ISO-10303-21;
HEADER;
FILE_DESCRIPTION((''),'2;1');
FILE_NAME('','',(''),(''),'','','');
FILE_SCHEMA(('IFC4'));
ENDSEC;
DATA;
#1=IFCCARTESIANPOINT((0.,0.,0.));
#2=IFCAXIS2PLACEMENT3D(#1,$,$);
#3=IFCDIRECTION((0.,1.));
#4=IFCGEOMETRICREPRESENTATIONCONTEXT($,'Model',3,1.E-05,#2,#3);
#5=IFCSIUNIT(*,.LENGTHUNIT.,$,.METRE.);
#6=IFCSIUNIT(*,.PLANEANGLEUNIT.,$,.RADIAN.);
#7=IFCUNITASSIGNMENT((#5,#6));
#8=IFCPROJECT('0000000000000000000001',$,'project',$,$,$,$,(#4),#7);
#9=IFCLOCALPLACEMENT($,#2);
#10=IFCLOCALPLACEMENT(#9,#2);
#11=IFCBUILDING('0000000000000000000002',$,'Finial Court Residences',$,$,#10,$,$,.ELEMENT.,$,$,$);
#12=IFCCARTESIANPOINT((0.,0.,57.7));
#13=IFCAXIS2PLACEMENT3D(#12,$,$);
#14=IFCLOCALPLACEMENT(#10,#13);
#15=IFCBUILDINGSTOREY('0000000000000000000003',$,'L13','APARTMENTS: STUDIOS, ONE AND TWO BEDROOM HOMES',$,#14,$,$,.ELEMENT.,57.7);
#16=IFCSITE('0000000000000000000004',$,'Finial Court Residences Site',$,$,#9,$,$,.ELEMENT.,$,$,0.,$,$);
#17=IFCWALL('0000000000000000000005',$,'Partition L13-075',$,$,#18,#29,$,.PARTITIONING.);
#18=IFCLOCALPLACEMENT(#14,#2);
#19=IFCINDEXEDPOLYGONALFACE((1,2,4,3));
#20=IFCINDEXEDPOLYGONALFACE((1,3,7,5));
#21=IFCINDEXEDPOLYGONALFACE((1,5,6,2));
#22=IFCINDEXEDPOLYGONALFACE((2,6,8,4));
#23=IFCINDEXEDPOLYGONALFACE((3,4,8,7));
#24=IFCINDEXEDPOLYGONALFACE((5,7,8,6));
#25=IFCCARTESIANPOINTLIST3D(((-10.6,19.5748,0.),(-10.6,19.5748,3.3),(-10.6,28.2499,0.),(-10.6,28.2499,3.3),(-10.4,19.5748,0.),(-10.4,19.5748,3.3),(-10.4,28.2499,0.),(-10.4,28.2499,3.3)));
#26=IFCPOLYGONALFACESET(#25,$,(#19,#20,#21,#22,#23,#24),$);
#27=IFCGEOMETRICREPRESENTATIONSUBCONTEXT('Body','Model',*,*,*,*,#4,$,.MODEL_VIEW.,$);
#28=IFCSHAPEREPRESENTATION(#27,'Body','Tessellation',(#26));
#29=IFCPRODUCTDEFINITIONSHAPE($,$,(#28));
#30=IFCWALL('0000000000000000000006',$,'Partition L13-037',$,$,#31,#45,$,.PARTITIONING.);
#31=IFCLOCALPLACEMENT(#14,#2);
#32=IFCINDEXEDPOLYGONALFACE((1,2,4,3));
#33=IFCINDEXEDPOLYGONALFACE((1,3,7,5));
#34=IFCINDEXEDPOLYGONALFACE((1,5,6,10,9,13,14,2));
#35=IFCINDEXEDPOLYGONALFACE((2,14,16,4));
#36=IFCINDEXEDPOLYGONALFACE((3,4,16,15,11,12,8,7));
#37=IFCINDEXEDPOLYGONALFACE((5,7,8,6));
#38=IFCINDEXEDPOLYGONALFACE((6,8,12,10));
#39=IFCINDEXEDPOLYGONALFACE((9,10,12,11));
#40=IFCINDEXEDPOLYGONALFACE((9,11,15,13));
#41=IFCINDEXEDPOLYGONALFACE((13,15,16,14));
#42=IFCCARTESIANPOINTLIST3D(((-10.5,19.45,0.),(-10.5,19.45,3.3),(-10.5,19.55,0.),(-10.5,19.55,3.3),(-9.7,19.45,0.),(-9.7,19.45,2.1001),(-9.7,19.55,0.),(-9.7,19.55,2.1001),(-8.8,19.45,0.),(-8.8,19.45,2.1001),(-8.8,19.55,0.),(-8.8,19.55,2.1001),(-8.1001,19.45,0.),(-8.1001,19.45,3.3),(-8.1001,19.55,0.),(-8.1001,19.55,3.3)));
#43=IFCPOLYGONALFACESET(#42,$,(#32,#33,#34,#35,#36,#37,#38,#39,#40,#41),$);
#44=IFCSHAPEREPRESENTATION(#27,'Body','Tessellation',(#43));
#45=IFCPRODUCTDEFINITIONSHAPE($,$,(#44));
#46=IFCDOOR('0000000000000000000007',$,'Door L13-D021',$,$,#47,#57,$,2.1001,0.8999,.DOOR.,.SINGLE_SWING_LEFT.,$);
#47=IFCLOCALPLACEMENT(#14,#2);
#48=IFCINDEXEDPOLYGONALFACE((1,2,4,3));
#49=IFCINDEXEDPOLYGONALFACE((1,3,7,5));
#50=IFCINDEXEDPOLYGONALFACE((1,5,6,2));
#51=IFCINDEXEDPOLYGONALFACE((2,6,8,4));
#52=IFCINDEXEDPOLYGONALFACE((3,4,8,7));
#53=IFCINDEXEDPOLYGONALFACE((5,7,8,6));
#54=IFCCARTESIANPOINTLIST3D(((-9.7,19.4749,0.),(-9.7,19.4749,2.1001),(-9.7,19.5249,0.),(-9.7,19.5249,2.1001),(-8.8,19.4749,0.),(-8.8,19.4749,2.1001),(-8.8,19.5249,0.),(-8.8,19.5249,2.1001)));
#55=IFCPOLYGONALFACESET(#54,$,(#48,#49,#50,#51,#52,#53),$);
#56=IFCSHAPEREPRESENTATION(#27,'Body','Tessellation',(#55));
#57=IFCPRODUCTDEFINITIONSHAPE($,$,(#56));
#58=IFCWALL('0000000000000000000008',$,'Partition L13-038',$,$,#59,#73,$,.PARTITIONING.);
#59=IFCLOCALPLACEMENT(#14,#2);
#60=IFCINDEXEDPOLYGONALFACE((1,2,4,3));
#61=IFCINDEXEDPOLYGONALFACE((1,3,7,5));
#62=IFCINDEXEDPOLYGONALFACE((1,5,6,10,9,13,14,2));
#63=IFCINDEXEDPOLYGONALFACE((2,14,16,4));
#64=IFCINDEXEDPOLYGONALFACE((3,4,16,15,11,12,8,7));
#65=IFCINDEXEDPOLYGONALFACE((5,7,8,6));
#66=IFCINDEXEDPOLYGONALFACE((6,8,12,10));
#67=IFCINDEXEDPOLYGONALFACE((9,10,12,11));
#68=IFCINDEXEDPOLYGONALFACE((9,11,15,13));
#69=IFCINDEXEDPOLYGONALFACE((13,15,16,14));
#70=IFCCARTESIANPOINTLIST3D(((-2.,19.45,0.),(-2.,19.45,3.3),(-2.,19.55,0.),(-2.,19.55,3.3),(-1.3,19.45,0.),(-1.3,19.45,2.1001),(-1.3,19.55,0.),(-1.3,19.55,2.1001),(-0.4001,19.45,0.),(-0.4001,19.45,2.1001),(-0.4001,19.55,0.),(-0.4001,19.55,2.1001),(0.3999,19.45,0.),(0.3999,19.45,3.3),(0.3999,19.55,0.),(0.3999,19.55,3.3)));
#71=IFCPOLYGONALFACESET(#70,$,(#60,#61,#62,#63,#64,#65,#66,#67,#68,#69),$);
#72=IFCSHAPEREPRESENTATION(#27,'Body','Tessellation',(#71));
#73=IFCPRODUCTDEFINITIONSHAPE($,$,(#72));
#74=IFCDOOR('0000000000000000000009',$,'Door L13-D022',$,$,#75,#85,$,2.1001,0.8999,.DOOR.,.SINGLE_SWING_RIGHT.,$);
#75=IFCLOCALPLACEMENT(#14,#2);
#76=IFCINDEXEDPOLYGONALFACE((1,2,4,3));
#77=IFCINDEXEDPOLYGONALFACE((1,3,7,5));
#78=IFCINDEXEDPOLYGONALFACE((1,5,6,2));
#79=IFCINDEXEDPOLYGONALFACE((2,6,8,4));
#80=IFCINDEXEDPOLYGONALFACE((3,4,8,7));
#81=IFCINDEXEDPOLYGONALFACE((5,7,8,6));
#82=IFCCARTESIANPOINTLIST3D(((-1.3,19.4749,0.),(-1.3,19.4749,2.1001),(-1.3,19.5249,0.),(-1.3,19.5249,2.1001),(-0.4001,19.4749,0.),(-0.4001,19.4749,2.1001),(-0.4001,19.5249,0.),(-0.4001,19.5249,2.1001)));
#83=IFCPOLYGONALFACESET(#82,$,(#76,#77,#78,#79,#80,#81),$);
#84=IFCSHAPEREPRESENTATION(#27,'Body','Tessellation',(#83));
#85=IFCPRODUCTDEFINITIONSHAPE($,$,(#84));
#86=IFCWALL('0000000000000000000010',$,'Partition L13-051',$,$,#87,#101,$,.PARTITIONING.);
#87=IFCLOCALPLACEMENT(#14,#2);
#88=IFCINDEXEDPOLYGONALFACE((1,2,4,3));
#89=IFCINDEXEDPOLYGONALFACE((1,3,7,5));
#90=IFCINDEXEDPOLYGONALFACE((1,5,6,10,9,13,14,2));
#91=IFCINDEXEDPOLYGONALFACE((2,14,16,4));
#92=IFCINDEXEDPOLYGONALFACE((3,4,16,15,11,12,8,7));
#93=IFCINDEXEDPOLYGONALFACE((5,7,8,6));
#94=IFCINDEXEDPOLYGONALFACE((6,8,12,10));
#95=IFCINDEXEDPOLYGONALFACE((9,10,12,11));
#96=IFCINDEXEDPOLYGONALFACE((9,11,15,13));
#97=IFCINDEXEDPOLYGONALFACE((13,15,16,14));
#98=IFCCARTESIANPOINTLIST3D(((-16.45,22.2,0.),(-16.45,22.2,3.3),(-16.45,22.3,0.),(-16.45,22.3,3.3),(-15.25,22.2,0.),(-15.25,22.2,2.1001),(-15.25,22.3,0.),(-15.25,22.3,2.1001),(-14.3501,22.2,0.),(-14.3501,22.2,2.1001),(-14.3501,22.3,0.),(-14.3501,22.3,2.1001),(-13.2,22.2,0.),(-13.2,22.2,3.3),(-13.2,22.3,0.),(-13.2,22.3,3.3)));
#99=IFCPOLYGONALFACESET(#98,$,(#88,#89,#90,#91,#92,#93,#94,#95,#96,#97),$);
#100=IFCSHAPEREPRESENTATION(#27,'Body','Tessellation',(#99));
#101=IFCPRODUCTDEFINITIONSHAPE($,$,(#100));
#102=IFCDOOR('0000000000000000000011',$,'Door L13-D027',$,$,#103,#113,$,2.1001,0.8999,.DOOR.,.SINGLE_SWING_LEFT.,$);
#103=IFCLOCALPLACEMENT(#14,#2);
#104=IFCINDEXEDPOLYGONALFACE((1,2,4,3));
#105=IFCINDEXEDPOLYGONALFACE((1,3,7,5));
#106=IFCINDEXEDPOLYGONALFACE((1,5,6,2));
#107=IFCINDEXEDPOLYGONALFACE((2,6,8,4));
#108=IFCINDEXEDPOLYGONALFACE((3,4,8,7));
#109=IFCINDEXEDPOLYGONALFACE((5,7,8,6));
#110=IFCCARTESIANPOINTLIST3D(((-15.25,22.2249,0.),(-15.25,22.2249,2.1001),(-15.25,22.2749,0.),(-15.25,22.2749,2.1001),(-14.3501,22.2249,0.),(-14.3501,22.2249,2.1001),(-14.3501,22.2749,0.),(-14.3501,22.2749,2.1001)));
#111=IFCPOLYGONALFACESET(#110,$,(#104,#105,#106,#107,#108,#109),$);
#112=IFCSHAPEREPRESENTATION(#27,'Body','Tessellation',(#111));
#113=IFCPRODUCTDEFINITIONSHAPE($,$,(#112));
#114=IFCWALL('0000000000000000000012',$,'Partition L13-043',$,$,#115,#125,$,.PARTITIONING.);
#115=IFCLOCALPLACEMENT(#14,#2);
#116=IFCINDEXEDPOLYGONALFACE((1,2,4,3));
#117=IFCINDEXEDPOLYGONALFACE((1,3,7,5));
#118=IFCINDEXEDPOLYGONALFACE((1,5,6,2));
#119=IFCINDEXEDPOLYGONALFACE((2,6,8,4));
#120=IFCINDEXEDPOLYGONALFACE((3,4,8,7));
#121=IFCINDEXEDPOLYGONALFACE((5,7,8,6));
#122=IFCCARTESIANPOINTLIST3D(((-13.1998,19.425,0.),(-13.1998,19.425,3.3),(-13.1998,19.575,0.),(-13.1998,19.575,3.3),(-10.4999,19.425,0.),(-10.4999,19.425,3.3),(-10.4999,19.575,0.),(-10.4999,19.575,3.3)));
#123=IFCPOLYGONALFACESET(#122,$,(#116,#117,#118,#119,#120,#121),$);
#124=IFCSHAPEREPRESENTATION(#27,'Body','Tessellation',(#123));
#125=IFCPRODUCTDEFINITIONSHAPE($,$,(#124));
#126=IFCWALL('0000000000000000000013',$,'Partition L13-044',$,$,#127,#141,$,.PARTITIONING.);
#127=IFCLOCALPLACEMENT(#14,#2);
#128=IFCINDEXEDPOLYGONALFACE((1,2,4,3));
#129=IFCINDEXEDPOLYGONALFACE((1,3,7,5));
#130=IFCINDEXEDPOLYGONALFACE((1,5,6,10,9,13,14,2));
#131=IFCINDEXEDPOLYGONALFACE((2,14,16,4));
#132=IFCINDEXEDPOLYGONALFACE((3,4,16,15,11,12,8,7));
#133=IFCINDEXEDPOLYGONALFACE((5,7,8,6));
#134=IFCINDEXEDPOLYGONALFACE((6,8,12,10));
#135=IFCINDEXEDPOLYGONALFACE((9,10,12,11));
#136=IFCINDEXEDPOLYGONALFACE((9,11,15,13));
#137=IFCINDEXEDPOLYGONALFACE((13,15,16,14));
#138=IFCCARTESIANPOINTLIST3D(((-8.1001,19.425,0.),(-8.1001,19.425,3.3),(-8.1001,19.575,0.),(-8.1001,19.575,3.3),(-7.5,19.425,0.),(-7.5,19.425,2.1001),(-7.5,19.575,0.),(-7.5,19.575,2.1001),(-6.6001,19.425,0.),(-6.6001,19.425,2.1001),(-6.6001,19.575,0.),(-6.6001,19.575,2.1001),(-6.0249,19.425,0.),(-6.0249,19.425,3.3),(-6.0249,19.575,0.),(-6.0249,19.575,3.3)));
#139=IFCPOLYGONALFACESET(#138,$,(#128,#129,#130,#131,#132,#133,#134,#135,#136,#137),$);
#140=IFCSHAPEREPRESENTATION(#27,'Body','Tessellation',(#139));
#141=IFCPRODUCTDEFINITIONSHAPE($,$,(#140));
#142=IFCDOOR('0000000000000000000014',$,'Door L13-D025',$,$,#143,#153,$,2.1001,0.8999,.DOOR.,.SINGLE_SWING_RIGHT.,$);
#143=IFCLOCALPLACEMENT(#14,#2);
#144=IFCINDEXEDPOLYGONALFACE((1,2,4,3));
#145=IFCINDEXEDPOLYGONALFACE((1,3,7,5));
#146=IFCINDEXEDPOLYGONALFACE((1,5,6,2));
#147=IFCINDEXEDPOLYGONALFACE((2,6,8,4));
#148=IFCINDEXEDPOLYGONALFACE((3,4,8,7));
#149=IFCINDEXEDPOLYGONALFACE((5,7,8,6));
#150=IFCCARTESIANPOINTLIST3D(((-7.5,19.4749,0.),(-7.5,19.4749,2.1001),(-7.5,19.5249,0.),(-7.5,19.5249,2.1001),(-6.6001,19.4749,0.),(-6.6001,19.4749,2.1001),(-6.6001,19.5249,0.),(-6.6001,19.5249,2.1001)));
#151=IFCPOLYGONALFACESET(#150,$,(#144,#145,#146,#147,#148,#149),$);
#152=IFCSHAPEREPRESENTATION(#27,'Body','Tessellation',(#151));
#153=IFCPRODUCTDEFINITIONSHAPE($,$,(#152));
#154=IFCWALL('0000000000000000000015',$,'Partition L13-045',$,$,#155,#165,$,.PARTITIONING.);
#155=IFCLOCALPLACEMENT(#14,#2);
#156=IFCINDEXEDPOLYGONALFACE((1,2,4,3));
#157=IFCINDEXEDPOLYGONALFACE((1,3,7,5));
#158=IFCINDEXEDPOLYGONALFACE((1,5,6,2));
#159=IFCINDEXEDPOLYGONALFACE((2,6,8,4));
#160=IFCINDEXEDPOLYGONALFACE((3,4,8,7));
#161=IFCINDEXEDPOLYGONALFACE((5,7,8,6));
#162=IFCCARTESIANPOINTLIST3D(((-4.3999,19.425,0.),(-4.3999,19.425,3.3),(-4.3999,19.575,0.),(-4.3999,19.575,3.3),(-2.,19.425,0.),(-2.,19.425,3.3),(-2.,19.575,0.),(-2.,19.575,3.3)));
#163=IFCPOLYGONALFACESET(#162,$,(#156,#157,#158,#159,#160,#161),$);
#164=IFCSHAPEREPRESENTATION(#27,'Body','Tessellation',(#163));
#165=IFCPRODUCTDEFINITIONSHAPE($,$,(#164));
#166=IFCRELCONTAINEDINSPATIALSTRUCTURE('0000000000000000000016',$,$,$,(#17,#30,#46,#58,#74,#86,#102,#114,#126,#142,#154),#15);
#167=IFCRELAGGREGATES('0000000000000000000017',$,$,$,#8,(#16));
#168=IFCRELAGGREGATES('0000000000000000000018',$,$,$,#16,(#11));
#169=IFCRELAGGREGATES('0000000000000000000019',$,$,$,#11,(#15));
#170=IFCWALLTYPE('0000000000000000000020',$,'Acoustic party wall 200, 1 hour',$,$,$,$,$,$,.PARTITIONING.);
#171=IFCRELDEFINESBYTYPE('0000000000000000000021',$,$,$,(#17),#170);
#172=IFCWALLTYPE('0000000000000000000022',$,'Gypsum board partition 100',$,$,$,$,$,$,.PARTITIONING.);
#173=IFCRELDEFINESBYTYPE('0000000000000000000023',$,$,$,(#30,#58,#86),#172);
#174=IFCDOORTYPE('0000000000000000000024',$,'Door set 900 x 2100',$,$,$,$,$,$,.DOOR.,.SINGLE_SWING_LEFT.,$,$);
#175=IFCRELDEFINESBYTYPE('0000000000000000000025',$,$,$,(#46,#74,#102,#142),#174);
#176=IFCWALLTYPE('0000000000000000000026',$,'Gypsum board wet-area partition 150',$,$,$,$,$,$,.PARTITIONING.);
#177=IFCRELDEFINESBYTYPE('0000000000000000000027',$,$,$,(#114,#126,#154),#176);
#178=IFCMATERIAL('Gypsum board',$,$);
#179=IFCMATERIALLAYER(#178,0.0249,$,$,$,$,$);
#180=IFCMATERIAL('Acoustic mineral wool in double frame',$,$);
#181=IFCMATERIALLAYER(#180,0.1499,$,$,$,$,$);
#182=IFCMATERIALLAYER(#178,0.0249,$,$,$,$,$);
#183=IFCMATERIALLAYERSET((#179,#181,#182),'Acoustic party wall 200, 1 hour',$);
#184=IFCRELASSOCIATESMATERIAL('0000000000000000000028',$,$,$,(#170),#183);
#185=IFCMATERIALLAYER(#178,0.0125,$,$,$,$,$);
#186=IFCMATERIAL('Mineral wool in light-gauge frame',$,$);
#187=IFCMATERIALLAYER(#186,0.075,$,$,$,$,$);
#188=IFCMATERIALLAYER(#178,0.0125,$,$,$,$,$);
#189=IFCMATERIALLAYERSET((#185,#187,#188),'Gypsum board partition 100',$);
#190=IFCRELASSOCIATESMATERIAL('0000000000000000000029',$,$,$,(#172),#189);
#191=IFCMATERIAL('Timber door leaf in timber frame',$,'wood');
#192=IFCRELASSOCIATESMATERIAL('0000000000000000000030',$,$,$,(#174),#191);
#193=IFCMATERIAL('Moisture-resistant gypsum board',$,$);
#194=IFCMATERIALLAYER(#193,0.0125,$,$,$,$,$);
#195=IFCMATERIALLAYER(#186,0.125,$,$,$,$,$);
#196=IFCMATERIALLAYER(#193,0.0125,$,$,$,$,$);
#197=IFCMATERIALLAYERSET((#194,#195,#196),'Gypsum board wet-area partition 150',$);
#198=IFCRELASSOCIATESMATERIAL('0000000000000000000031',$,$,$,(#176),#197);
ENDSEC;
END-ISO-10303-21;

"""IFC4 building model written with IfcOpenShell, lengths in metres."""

from ifc_helpers import new_model, si_unit, direction, frame, frame_2d, origin, place, context, subcontext, project, spatial, rectangle, extrude, material, layer, layer_set, type_object, element, fill, save


model = new_model("IFC4")

# Units and contexts
model_context = context("Model", 3, precision=1e-05, world=origin(), true_north=direction((0.0, 1.0)))
body_context = subcontext(model_context, "Body", "Model", "MODEL_VIEW")
ifc_project = project(units=[si_unit("LENGTHUNIT", "METRE"), si_unit("PLANEANGLEUNIT", "RADIAN")], contexts=[model_context])

# Site, building, storey
site_placement = place(None, origin())
site = spatial("IfcSite", under=ifc_project, at=site_placement, Name="Finial Court Residences Site", CompositionType="ELEMENT", RefElevation=0.0)
building_placement = place(site_placement, origin())
building = spatial("IfcBuilding", under=site, at=building_placement, Name="Finial Court Residences", CompositionType="ELEMENT")
storey_placement = place(building_placement, frame((0.0, 0.0, 57.7)))
storey = spatial("IfcBuildingStorey", under=building, at=storey_placement, Name="L13", Description="APARTMENTS: STUDIOS, ONE AND TWO BEDROOM HOMES", CompositionType="ELEMENT", Elevation=57.7)

# Wall
ifc_material_1 = material(Name="Gypsum board")
ifc_layer_1 = layer(ifc_material_1, 0.0249)
ifc_material_2 = material(Name="Acoustic mineral wool in double frame")
ifc_layer_2 = layer(ifc_material_2, 0.1499)
ifc_layer_3 = layer(ifc_material_1, 0.0249)
ifc_layer_set_1 = layer_set([ifc_layer_1, ifc_layer_2, ifc_layer_3], Name="Acoustic party wall 200, 1 hour")
wall_type_1 = type_object("IfcWallType", Name="Acoustic party wall 200, 1 hour", PredefinedType="PARTITIONING", material=ifc_layer_set_1)
wall_1_placement = place(storey_placement, frame((-10.5, 19.575, 0.0), z_axis=(0.0, 0.0, 1.0), x_axis=(0.0, 1.0, 0.0)))
element("IfcWall", 1, at=wall_1_placement, inside=storey, type_object=wall_type_1, Name="Partition L13-075", PredefinedType="PARTITIONING", context=body_context, shape_type="SweptSolid", body=[
    extrude(rectangle(XDim=8.675, YDim=0.2, at=frame_2d((4.3374, 0.0))), origin(), (0.0, 0.0, 1.0), 3.3),
])

# Walls, openings, doors
ifc_layer_4 = layer(ifc_material_1, 0.0125)
ifc_material_3 = material(Name="Mineral wool in light-gauge frame")
ifc_layer_5 = layer(ifc_material_3, 0.075)
ifc_layer_6 = layer(ifc_material_1, 0.0125)
ifc_layer_set_2 = layer_set([ifc_layer_4, ifc_layer_5, ifc_layer_6], Name="Gypsum board partition 100")
wall_type_2 = type_object("IfcWallType", Name="Gypsum board partition 100", PredefinedType="PARTITIONING", material=ifc_layer_set_2)
wall_2_placement = place(storey_placement, frame((-10.5, 19.5, 0.0), z_axis=(0.0, 0.0, 1.0), x_axis=(1.0, 0.0, 0.0)))
wall_2 = element("IfcWall", 2, at=wall_2_placement, inside=storey, type_object=wall_type_2, Name="Partition L13-037", PredefinedType="PARTITIONING", context=body_context, shape_type="SweptSolid", body=[
    extrude(rectangle(XDim=2.3999, YDim=0.1001, at=frame_2d((1.2, 0.0))), origin(), (0.0, 0.0, 1.0), 3.3),
])
opening_1_placement = place(wall_2_placement, frame((0.8, 0.0, 0.0)))
opening_1 = element("IfcOpeningElement", 3, at=opening_1_placement, cuts=wall_2, PredefinedType="OPENING", context=body_context, shape_type="SweptSolid", body=[
    extrude(rectangle(XDim=0.8999, YDim=2.1001, at=frame_2d((0.45, 1.05))), frame((0.0, 0.0601, 0.0), z_axis=(0.0, -1.0, 0.0), x_axis=(1.0, 0.0, 0.0)), (0.0, 0.0, 1.0), 0.1201),
])
ifc_material_4 = material(Name="Timber door leaf in timber frame", Category="wood")
door_type = type_object("IfcDoorType", Name="Door set 900 x 2100", OperationType="SINGLE_SWING_LEFT", PredefinedType="DOOR", material=ifc_material_4)
door_1_placement = place(opening_1_placement, origin())
door_1 = element("IfcDoor", 4, at=door_1_placement, inside=storey, type_object=door_type, Name="Door L13-D021", OperationType="SINGLE_SWING_LEFT", OverallHeight=2.1001, OverallWidth=0.8999, PredefinedType="DOOR", context=body_context, shape_type="SweptSolid", body=[
    extrude(rectangle(XDim=0.8999, YDim=2.1001, at=frame_2d((0.45, 1.05))), frame((0.0, 0.0249, 0.0), z_axis=(0.0, -1.0, 0.0), x_axis=(1.0, 0.0, 0.0)), (0.0, 0.0, 1.0), 0.05),
])
fill(opening_1, door_1)
wall_3_placement = place(storey_placement, frame((-2.0, 19.5, 0.0), z_axis=(0.0, 0.0, 1.0), x_axis=(1.0, 0.0, 0.0)))
wall_3 = element("IfcWall", 5, at=wall_3_placement, inside=storey, type_object=wall_type_2, Name="Partition L13-038", PredefinedType="PARTITIONING", context=body_context, shape_type="SweptSolid", body=[
    extrude(rectangle(XDim=2.3999, YDim=0.1001, at=frame_2d((1.2, 0.0))), origin(), (0.0, 0.0, 1.0), 3.3),
])
opening_2_placement = place(wall_3_placement, frame((0.7, 0.0, 0.0)))
opening_2 = element("IfcOpeningElement", 6, at=opening_2_placement, cuts=wall_3, PredefinedType="OPENING", context=body_context, shape_type="SweptSolid", body=[
    extrude(rectangle(XDim=0.8999, YDim=2.1001, at=frame_2d((0.45, 1.05))), frame((0.0, 0.0601, 0.0), z_axis=(0.0, -1.0, 0.0), x_axis=(1.0, 0.0, 0.0)), (0.0, 0.0, 1.0), 0.1201),
])
door_2_placement = place(opening_2_placement, origin())
door_2 = element("IfcDoor", 7, at=door_2_placement, inside=storey, type_object=door_type, Name="Door L13-D022", OperationType="SINGLE_SWING_RIGHT", OverallHeight=2.1001, OverallWidth=0.8999, PredefinedType="DOOR", context=body_context, shape_type="SweptSolid", body=[
    extrude(rectangle(XDim=0.8999, YDim=2.1001, at=frame_2d((0.45, 1.05))), frame((0.0, 0.0249, 0.0), z_axis=(0.0, -1.0, 0.0), x_axis=(1.0, 0.0, 0.0)), (0.0, 0.0, 1.0), 0.05),
])
fill(opening_2, door_2)
wall_4_placement = place(storey_placement, frame((-16.45, 22.25, 0.0), z_axis=(0.0, 0.0, 1.0), x_axis=(1.0, 0.0, 0.0)))
wall_4 = element("IfcWall", 8, at=wall_4_placement, inside=storey, type_object=wall_type_2, Name="Partition L13-051", PredefinedType="PARTITIONING", context=body_context, shape_type="SweptSolid", body=[
    extrude(rectangle(XDim=3.25, YDim=0.1001, at=frame_2d((1.625, 0.0))), origin(), (0.0, 0.0, 1.0), 3.3),
])
opening_3_placement = place(wall_4_placement, frame((1.2, 0.0, 0.0)))
opening_3 = element("IfcOpeningElement", 9, at=opening_3_placement, cuts=wall_4, PredefinedType="OPENING", context=body_context, shape_type="SweptSolid", body=[
    extrude(rectangle(XDim=0.8999, YDim=2.1001, at=frame_2d((0.45, 1.05))), frame((0.0, 0.0601, 0.0), z_axis=(0.0, -1.0, 0.0), x_axis=(1.0, 0.0, 0.0)), (0.0, 0.0, 1.0), 0.1201),
])
door_3_placement = place(opening_3_placement, origin())
door_3 = element("IfcDoor", 10, at=door_3_placement, inside=storey, type_object=door_type, Name="Door L13-D027", OperationType="SINGLE_SWING_LEFT", OverallHeight=2.1001, OverallWidth=0.8999, PredefinedType="DOOR", context=body_context, shape_type="SweptSolid", body=[
    extrude(rectangle(XDim=0.8999, YDim=2.1001, at=frame_2d((0.45, 1.05))), frame((0.0, 0.0249, 0.0), z_axis=(0.0, -1.0, 0.0), x_axis=(1.0, 0.0, 0.0)), (0.0, 0.0, 1.0), 0.05),
])
fill(opening_3, door_3)

# Wall
ifc_material_5 = material(Name="Moisture-resistant gypsum board")
ifc_layer_7 = layer(ifc_material_5, 0.0125)
ifc_layer_8 = layer(ifc_material_3, 0.125)
ifc_layer_9 = layer(ifc_material_5, 0.0125)
ifc_layer_set_3 = layer_set([ifc_layer_7, ifc_layer_8, ifc_layer_9], Name="Gypsum board wet-area partition 150")
wall_type_3 = type_object("IfcWallType", Name="Gypsum board wet-area partition 150", PredefinedType="PARTITIONING", material=ifc_layer_set_3)
wall_5_placement = place(storey_placement, frame((-13.2, 19.5, 0.0), z_axis=(0.0, 0.0, 1.0), x_axis=(1.0, 0.0, 0.0)))
element("IfcWall", 11, at=wall_5_placement, inside=storey, type_object=wall_type_3, Name="Partition L13-043", PredefinedType="PARTITIONING", context=body_context, shape_type="SweptSolid", body=[
    extrude(rectangle(XDim=2.7, YDim=0.1499, at=frame_2d((1.3501, 0.0))), origin(), (0.0, 0.0, 1.0), 3.3),
])

# Wall, opening, door
wall_6_placement = place(storey_placement, frame((-8.1001, 19.5, 0.0), z_axis=(0.0, 0.0, 1.0), x_axis=(1.0, 0.0, 0.0)))
wall_6 = element("IfcWall", 12, at=wall_6_placement, inside=storey, type_object=wall_type_3, Name="Partition L13-044", PredefinedType="PARTITIONING", context=body_context, shape_type="SweptSolid", body=[
    extrude(rectangle(XDim=2.0752, YDim=0.1499, at=frame_2d((1.0376, 0.0))), origin(), (0.0, 0.0, 1.0), 3.3),
])
opening_4_placement = place(wall_6_placement, frame((0.6001, 0.0, 0.0)))
opening_4 = element("IfcOpeningElement", 13, at=opening_4_placement, cuts=wall_6, PredefinedType="OPENING", context=body_context, shape_type="SweptSolid", body=[
    extrude(rectangle(XDim=0.8999, YDim=2.1001, at=frame_2d((0.45, 1.05))), frame((0.0, 0.085, 0.0), z_axis=(0.0, -1.0, 0.0), x_axis=(1.0, 0.0, 0.0)), (0.0, 0.0, 1.0), 0.1699),
])
door_4_placement = place(opening_4_placement, origin())
door_4 = element("IfcDoor", 14, at=door_4_placement, inside=storey, type_object=door_type, Name="Door L13-D025", OperationType="SINGLE_SWING_RIGHT", OverallHeight=2.1001, OverallWidth=0.8999, PredefinedType="DOOR", context=body_context, shape_type="SweptSolid", body=[
    extrude(rectangle(XDim=0.8999, YDim=2.1001, at=frame_2d((0.45, 1.05))), frame((0.0, 0.0249, 0.0), z_axis=(0.0, -1.0, 0.0), x_axis=(1.0, 0.0, 0.0)), (0.0, 0.0, 1.0), 0.05),
])
fill(opening_4, door_4)

# Wall
wall_7_placement = place(storey_placement, frame((-4.3999, 19.5, 0.0), z_axis=(0.0, 0.0, 1.0), x_axis=(1.0, 0.0, 0.0)))
element("IfcWall", 15, at=wall_7_placement, inside=storey, type_object=wall_type_3, Name="Partition L13-045", PredefinedType="PARTITIONING", context=body_context, shape_type="SweptSolid", body=[
    extrude(rectangle(XDim=2.3999, YDim=0.1499, at=frame_2d((1.2, 0.0))), origin(), (0.0, 0.0, 1.0), 3.3),
])

save(model, "model.ifc")
